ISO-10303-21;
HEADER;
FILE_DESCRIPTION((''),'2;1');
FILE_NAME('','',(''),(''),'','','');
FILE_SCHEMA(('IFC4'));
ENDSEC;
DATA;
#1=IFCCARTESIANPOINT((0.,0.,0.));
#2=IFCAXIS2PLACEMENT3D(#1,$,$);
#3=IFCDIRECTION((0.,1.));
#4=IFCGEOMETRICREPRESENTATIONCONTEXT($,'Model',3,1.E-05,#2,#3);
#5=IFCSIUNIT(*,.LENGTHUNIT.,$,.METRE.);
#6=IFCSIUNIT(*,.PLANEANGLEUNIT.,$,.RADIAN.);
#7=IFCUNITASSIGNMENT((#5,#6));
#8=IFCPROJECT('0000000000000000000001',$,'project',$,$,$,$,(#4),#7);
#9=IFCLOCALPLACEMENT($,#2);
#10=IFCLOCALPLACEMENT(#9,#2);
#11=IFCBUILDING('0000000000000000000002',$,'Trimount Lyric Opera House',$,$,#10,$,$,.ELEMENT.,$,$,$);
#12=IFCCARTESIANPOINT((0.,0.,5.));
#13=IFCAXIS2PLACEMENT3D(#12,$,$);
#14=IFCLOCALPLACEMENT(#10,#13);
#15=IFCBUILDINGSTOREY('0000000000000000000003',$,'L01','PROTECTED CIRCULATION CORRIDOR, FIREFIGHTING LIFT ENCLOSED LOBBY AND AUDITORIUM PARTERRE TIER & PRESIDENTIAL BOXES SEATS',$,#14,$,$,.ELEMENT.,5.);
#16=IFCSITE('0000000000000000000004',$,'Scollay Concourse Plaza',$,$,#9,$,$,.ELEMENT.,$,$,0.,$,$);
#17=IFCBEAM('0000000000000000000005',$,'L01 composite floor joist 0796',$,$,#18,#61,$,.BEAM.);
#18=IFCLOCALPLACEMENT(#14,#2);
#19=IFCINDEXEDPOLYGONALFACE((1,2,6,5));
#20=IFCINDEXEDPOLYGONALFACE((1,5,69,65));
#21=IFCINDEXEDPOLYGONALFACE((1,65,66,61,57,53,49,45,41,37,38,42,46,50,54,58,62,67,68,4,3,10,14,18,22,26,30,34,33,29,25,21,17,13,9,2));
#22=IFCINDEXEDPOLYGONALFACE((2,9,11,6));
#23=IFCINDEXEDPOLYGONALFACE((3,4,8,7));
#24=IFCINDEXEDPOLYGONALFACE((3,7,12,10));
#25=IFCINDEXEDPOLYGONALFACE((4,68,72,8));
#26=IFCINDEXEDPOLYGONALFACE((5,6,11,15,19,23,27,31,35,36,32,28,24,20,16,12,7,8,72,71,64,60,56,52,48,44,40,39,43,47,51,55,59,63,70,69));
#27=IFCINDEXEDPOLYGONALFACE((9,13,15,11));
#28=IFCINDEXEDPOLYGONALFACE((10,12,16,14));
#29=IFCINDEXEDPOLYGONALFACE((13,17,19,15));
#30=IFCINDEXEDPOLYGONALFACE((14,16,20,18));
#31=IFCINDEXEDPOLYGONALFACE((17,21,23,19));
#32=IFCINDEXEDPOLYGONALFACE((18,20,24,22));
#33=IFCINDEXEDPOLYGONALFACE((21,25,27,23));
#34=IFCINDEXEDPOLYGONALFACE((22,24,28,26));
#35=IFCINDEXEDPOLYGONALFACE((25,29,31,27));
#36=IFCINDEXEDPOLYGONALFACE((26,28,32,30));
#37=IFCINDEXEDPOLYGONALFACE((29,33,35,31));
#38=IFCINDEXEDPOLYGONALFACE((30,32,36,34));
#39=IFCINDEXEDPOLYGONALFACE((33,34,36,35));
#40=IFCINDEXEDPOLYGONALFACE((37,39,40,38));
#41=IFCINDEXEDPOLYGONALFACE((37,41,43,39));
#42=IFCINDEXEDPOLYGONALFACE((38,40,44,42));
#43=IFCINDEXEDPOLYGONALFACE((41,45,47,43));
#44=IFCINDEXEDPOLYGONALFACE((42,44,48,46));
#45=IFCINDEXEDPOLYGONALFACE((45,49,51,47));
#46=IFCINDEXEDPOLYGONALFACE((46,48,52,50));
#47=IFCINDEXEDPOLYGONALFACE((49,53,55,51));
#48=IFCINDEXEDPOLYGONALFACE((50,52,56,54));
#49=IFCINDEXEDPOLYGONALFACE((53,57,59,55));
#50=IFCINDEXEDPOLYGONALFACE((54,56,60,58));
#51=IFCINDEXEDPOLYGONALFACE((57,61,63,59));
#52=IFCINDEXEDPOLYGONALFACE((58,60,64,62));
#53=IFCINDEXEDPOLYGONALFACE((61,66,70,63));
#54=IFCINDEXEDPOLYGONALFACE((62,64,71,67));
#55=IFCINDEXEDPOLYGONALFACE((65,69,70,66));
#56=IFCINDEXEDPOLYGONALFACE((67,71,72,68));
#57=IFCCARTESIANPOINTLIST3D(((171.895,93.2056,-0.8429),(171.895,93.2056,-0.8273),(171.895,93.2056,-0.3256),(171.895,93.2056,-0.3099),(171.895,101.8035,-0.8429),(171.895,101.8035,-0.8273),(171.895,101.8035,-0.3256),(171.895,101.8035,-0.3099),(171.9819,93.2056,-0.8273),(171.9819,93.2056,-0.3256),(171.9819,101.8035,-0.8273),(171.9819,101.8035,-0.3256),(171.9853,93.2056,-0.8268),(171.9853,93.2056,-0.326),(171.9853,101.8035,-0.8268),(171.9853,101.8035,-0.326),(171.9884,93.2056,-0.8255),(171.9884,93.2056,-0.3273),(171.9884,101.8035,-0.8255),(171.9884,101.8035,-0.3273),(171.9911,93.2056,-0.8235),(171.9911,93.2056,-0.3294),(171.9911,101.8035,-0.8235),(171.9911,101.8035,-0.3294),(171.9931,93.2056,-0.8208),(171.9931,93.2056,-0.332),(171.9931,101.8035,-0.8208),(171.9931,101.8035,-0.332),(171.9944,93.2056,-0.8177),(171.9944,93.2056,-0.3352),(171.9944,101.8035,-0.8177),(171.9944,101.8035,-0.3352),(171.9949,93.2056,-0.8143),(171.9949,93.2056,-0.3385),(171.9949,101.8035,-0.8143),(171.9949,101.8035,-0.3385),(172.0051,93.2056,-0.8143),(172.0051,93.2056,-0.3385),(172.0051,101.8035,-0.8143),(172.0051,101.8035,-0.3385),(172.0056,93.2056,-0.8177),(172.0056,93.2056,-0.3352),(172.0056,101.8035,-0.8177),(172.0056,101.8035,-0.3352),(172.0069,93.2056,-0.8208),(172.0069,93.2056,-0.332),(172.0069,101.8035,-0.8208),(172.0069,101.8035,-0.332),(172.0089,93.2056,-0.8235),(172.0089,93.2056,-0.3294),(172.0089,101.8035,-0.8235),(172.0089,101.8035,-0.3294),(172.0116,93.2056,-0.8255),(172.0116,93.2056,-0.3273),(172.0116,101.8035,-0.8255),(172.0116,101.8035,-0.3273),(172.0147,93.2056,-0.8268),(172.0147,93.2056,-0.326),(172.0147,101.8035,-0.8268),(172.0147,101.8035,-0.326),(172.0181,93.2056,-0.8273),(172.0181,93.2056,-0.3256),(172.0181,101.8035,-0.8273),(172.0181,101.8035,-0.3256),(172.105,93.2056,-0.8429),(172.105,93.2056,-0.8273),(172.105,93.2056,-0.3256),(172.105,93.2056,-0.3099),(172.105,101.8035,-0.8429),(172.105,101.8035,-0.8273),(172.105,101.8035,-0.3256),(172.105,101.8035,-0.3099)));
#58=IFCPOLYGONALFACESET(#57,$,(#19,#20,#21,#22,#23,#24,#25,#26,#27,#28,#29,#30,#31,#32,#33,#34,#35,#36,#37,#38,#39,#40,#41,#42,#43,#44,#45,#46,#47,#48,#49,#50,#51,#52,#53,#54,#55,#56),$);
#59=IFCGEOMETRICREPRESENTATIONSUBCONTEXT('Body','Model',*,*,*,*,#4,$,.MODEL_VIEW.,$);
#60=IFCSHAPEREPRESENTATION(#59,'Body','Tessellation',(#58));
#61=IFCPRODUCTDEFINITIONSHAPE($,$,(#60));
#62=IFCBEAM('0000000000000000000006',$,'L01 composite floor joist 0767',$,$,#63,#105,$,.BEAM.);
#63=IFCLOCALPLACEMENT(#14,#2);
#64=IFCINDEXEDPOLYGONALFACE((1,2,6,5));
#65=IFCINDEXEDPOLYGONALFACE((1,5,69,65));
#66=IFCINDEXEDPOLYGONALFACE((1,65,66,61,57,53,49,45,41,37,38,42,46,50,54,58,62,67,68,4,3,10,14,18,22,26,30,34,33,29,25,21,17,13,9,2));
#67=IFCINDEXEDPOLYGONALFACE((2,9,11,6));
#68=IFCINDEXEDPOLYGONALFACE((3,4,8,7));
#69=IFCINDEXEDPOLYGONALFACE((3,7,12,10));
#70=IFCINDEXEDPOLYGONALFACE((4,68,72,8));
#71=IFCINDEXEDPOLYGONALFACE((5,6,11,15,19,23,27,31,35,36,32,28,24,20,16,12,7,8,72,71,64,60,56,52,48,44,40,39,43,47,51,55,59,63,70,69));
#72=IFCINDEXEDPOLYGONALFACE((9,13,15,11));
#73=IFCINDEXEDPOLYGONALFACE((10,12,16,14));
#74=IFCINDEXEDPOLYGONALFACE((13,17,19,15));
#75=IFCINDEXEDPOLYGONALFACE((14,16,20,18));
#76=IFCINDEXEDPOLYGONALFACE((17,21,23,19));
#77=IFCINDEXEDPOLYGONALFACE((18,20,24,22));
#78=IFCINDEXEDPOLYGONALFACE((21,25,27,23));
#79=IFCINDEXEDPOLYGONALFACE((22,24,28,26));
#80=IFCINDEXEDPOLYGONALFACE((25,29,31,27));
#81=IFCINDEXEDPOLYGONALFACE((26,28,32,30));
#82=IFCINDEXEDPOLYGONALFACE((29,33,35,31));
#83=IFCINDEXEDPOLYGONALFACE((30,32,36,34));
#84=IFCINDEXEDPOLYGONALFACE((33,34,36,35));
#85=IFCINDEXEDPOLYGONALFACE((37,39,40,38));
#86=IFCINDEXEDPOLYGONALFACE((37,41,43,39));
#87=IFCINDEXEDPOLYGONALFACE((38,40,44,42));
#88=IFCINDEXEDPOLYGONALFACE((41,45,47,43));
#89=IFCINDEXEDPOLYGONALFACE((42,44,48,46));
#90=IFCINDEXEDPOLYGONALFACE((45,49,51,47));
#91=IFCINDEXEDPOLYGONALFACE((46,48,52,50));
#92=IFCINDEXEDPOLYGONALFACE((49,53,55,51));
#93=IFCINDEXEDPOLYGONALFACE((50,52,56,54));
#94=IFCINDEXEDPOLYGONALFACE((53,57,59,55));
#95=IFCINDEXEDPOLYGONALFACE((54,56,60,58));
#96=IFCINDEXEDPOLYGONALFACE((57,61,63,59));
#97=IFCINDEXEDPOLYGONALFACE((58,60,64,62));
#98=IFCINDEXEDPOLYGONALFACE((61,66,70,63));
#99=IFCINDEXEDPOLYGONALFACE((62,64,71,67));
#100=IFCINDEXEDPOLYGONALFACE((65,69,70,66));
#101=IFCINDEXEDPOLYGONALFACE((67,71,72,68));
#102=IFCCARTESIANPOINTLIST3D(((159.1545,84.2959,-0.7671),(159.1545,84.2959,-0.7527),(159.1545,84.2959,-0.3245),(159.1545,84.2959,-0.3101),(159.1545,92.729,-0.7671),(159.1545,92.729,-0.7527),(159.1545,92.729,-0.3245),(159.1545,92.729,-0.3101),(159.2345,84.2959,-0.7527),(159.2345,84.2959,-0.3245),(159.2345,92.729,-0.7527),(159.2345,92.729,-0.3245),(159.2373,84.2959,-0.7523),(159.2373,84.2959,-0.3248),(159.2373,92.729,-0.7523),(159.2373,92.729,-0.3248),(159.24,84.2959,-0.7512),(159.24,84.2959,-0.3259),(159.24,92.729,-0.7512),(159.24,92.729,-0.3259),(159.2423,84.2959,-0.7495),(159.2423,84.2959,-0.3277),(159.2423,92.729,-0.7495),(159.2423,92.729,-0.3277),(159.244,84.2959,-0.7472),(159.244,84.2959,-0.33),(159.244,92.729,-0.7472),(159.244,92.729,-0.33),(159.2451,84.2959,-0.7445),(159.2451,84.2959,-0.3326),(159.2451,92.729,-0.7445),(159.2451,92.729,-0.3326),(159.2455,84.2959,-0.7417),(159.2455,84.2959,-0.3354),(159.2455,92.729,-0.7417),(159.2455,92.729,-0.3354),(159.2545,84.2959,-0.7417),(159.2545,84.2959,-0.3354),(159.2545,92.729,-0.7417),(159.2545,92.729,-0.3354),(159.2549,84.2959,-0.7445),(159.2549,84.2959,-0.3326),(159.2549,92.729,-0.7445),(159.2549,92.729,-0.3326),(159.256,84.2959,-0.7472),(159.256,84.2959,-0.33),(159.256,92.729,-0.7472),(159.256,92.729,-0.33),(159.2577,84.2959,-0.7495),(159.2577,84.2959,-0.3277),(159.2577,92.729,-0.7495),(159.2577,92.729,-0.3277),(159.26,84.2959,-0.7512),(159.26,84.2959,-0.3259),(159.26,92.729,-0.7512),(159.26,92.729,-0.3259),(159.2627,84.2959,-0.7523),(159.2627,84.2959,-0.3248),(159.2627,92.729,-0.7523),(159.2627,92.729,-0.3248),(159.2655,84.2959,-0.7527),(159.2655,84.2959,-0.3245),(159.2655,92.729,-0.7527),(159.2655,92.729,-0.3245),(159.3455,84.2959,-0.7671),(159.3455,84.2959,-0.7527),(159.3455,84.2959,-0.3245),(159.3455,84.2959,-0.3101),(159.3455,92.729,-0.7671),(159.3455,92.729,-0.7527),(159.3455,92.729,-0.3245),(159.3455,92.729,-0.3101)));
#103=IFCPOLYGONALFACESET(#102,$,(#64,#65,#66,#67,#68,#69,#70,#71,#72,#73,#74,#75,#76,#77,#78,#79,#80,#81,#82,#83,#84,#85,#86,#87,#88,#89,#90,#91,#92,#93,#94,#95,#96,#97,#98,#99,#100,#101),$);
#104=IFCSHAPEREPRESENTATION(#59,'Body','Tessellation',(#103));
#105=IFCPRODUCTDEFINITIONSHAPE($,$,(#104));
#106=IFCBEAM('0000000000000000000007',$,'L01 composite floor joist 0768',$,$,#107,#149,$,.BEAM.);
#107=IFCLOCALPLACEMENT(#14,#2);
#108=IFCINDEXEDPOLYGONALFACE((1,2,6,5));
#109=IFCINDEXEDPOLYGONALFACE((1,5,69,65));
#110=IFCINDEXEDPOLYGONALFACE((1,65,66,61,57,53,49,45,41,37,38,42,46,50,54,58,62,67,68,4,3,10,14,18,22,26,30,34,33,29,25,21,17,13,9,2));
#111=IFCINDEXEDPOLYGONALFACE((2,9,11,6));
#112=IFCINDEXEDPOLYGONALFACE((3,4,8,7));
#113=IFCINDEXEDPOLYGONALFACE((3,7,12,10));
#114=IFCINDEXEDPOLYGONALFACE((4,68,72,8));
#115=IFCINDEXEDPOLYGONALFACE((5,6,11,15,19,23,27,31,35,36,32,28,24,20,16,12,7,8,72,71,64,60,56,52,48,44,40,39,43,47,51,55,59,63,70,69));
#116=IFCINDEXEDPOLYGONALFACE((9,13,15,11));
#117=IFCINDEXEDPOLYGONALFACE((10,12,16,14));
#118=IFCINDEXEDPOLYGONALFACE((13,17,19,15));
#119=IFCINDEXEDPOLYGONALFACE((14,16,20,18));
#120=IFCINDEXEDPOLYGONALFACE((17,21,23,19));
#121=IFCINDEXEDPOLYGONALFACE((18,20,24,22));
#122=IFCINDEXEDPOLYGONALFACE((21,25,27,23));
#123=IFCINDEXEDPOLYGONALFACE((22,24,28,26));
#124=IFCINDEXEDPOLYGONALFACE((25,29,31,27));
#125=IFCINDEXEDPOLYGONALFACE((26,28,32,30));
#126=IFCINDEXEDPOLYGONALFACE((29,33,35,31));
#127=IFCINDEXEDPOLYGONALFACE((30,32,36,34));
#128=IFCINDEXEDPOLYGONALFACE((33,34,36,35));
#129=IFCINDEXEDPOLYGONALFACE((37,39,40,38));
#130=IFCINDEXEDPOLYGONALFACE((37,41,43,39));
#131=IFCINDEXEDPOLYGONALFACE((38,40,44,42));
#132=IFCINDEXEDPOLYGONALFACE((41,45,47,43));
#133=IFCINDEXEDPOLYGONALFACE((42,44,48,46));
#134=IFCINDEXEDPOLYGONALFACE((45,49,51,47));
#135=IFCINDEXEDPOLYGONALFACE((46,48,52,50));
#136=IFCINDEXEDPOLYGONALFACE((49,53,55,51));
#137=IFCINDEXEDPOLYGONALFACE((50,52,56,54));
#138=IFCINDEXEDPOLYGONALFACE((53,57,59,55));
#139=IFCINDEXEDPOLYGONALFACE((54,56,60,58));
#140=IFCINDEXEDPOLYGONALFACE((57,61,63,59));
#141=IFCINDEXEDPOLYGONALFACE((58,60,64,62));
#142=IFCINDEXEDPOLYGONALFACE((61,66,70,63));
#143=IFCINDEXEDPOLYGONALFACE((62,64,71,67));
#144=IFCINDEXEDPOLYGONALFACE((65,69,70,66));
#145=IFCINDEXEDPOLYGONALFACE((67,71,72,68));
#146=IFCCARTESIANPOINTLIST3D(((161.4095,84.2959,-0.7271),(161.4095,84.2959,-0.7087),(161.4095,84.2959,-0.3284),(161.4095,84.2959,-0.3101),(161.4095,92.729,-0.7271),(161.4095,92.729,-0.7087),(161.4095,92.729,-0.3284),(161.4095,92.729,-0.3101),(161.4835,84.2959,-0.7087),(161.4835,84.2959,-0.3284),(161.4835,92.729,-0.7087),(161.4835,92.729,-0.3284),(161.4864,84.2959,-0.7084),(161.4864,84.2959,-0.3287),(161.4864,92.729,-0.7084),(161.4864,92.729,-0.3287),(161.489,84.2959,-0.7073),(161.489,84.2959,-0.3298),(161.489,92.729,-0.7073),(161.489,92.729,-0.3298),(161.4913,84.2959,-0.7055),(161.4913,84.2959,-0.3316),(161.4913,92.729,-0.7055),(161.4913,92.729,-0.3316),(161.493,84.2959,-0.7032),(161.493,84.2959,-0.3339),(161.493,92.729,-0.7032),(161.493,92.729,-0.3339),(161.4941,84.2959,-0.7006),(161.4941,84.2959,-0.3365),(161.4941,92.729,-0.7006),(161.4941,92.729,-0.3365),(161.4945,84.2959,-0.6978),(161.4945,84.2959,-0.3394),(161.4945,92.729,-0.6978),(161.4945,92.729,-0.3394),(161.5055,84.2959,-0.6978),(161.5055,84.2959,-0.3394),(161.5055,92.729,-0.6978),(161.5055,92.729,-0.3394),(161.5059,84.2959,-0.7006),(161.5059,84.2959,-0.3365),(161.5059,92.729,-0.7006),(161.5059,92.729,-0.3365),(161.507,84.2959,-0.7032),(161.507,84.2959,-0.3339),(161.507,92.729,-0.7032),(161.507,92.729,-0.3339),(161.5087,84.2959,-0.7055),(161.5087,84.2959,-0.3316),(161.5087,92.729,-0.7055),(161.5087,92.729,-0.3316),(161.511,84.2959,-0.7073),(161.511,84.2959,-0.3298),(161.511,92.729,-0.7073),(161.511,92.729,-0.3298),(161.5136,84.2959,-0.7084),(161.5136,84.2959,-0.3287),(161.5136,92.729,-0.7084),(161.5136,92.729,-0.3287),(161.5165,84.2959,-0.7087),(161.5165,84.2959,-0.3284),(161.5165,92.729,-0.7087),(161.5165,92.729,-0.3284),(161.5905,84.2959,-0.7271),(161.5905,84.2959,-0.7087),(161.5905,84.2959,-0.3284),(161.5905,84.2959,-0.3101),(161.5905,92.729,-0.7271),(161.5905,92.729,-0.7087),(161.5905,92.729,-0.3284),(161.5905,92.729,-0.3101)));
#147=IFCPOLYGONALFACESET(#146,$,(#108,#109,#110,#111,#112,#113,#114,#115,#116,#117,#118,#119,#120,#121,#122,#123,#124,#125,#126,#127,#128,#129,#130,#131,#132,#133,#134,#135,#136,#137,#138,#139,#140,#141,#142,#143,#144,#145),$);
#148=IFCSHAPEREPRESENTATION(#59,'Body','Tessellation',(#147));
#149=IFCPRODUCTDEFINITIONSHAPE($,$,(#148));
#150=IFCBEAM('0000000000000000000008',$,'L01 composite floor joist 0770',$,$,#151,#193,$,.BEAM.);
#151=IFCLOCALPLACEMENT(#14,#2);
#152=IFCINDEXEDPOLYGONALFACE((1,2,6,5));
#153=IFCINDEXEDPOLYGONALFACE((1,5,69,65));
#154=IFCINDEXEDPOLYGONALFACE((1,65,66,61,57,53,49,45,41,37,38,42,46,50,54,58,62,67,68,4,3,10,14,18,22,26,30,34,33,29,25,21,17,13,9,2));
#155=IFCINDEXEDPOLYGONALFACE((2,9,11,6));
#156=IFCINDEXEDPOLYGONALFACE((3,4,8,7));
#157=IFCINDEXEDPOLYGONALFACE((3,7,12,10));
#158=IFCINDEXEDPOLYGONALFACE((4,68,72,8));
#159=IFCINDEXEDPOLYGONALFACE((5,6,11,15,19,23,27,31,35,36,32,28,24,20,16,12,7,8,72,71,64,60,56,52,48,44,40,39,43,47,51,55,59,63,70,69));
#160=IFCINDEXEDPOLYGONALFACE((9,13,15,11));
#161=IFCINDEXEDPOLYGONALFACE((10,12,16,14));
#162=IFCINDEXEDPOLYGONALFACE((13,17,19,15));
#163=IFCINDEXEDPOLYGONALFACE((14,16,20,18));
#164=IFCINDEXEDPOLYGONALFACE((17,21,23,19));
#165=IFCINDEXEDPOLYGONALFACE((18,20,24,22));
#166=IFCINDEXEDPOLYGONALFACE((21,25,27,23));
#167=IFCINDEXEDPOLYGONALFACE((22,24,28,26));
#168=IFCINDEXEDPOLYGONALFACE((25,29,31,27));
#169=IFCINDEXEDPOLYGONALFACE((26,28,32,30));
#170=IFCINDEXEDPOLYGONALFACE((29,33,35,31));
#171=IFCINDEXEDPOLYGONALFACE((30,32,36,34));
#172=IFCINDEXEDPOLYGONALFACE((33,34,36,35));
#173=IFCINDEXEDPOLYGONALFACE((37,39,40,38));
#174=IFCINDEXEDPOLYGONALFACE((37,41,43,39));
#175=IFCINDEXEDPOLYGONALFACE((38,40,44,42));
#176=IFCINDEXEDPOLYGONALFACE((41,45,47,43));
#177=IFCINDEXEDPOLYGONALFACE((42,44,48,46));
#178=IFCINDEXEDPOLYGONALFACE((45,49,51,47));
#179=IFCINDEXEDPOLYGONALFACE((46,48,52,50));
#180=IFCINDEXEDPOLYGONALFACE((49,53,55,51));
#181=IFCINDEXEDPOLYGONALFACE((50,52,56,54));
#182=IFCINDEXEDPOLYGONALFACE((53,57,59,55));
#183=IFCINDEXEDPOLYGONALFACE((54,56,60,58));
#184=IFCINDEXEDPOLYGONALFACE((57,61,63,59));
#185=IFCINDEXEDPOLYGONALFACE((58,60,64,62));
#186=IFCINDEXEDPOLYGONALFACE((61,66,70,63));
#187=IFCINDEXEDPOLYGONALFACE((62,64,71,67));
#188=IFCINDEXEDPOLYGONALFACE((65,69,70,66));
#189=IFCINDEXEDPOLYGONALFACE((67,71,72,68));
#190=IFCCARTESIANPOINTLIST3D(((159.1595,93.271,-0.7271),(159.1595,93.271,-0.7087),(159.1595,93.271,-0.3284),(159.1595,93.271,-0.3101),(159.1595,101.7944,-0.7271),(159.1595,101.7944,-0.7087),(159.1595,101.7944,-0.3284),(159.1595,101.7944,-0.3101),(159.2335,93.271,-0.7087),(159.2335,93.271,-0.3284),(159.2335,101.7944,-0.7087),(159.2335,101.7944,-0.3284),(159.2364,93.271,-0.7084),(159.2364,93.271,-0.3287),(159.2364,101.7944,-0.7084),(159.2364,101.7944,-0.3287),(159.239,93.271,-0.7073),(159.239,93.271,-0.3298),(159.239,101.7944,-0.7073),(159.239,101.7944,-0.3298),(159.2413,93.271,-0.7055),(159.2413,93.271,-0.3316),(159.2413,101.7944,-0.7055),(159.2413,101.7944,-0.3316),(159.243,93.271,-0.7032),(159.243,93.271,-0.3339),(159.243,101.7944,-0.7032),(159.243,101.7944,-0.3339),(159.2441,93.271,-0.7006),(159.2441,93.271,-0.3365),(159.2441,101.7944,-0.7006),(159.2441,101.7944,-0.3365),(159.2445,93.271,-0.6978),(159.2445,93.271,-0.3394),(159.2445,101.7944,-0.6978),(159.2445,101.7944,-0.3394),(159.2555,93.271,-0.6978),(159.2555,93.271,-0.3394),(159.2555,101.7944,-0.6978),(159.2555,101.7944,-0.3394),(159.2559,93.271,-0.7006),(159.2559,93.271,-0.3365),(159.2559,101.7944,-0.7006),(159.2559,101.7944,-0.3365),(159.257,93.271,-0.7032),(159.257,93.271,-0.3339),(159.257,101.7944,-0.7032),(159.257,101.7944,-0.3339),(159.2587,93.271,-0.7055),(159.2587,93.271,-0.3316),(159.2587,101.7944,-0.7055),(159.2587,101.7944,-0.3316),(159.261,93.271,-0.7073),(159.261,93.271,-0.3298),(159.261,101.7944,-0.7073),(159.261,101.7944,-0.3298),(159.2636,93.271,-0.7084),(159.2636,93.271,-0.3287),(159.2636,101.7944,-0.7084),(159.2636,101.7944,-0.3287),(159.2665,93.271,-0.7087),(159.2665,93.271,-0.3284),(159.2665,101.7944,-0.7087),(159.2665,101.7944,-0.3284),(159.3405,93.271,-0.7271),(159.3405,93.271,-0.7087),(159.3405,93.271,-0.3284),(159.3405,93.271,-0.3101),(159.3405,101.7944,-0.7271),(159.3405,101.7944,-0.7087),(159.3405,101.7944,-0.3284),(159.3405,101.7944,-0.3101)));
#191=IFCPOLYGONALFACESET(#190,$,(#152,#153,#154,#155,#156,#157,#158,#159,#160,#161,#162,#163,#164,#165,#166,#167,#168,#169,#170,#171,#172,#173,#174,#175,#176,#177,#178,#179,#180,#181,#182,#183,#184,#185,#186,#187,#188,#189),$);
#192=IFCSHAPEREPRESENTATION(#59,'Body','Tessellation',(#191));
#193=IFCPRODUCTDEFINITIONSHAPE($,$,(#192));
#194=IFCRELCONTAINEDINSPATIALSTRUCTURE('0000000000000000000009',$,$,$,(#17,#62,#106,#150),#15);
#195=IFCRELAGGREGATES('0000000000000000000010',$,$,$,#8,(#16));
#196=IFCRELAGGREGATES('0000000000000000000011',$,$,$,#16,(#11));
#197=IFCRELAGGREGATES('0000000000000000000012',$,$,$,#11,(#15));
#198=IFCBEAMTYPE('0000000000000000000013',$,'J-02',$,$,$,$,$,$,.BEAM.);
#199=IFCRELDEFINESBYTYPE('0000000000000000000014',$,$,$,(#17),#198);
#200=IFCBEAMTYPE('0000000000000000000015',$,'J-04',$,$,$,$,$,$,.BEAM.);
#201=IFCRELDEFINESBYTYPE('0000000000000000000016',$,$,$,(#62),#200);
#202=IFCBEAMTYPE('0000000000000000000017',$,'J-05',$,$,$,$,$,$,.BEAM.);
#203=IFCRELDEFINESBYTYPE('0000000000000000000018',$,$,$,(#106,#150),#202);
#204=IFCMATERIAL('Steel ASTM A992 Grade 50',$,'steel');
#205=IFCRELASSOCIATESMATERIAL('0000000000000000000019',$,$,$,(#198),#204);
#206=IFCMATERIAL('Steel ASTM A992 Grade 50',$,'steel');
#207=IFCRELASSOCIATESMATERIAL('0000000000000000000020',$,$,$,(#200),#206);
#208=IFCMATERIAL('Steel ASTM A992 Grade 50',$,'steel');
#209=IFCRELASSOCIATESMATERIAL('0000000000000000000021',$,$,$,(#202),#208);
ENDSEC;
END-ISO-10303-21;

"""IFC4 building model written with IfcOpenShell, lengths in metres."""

from ifc_helpers import new_model, si_unit, direction, frame, origin, origin_2d, place, context, subcontext, project, spatial, i_section, extrude, material, material_profile, profile_set, type_object, element, save


model = new_model("IFC4")

# Units and contexts
model_context = context("Model", 3, precision=1e-05, world=origin(), true_north=direction((0.0, 1.0)))
body_context = subcontext(model_context, "Body", "Model", "MODEL_VIEW")
ifc_project = project(units=[si_unit("LENGTHUNIT", "METRE"), si_unit("PLANEANGLEUNIT", "RADIAN")], contexts=[model_context])

# Site, building, storey
site_placement = place(None, origin())
site = spatial("IfcSite", under=ifc_project, at=site_placement, Name="Scollay Concourse Plaza", CompositionType="ELEMENT", RefElevation=0.0)
building_placement = place(site_placement, origin())
building = spatial("IfcBuilding", under=site, at=building_placement, Name="Trimount Lyric Opera House", CompositionType="ELEMENT")
storey_placement = place(building_placement, frame((0.0, 0.0, 5.0)))
storey = spatial("IfcBuildingStorey", under=building, at=storey_placement, Name="L01", Description="PROTECTED CIRCULATION CORRIDOR, FIREFIGHTING LIFT ENCLOSED LOBBY AND AUDITORIUM PARTERRE TIER & PRESIDENTIAL BOXES SEATS", CompositionType="ELEMENT", Elevation=5.0)

# Beams
ifc_material_1 = material(Name="Steel ASTM A992 Grade 50", Category="steel")
ifc_material_profile_1 = material_profile(ifc_material_1, i_section(OverallWidth=0.21, OverallDepth=0.533, WebThickness=0.0103, FlangeThickness=0.0156, FilletRadius=0.0129, at=origin_2d()), Name="W21X62")
ifc_profile_set_1 = profile_set([ifc_material_profile_1], Name="Steel ASTM A992 Grade 50")
beam_type_1 = type_object("IfcBeamType", Name="J-02", PredefinedType="BEAM", material=ifc_profile_set_1)
beam_1_placement = place(storey_placement, frame((172.0, 93.2056, -0.5764), z_axis=(0.0, 1.0, 0.0), x_axis=(-1.0, 0.0, 0.0)))
element("IfcBeam", 1, at=beam_1_placement, inside=storey, type_object=beam_type_1, Name="L01 composite floor joist 0796", PredefinedType="BEAM", context=body_context, shape_type="SweptSolid", body=[
    extrude(i_section(OverallWidth=0.21, OverallDepth=0.533, WebThickness=0.0103, FlangeThickness=0.0156, FilletRadius=0.0129, at=origin_2d()), origin(), (0.0, 0.0, 1.0), 8.5979),
])
ifc_material_2 = material(Name="Steel ASTM A992 Grade 50", Category="steel")
ifc_material_profile_2 = material_profile(ifc_material_2, i_section(OverallWidth=0.1909, OverallDepth=0.457, WebThickness=0.009, FlangeThickness=0.0144, FilletRadius=0.011, at=origin_2d()), Name="W18X50")
ifc_profile_set_2 = profile_set([ifc_material_profile_2], Name="Steel ASTM A992 Grade 50")
beam_type_2 = type_object("IfcBeamType", Name="J-04", PredefinedType="BEAM", material=ifc_profile_set_2)
beam_2_placement = place(storey_placement, frame((159.25, 84.2959, -0.5386), z_axis=(0.0, 1.0, 0.0), x_axis=(-1.0, 0.0, 0.0)))
element("IfcBeam", 2, at=beam_2_placement, inside=storey, type_object=beam_type_2, Name="L01 composite floor joist 0767", PredefinedType="BEAM", context=body_context, shape_type="SweptSolid", body=[
    extrude(i_section(OverallWidth=0.1909, OverallDepth=0.457, WebThickness=0.009, FlangeThickness=0.0144, FilletRadius=0.011, at=origin_2d()), origin(), (0.0, 0.0, 1.0), 8.4331),
])
ifc_material_3 = material(Name="Steel ASTM A992 Grade 50", Category="steel")
ifc_material_profile_3 = material_profile(ifc_material_3, i_section(OverallWidth=0.1809, OverallDepth=0.417, WebThickness=0.011, FlangeThickness=0.0183, FilletRadius=0.011, at=origin_2d()), Name="W16X57")
ifc_profile_set_3 = profile_set([ifc_material_profile_3], Name="Steel ASTM A992 Grade 50")
beam_type_3 = type_object("IfcBeamType", Name="J-05", PredefinedType="BEAM", material=ifc_profile_set_3)
beam_3_placement = place(storey_placement, frame((161.5, 84.2959, -0.5186), z_axis=(0.0, 1.0, 0.0), x_axis=(-1.0, 0.0, 0.0)))
element("IfcBeam", 3, at=beam_3_placement, inside=storey, type_object=beam_type_3, Name="L01 composite floor joist 0768", PredefinedType="BEAM", context=body_context, shape_type="SweptSolid", body=[
    extrude(i_section(OverallWidth=0.1809, OverallDepth=0.417, WebThickness=0.011, FlangeThickness=0.0183, FilletRadius=0.011, at=origin_2d()), origin(), (0.0, 0.0, 1.0), 8.4331),
])
for number, where, z_axis, x_axis, name in (
    (4, (159.25, 93.271, -0.5186), (0.0, 1.0, 0.0), (-1.0, 0.0, 0.0), "L01 composite floor joist 0770"),
):
    element("IfcBeam", number, at=place(storey_placement, frame(where, z_axis=z_axis, x_axis=x_axis)), inside=storey, type_object=beam_type_3, Name=name, PredefinedType="BEAM", context=body_context, shape_type="SweptSolid", body=[
        extrude(i_section(OverallWidth=0.1809, OverallDepth=0.417, WebThickness=0.011, FlangeThickness=0.0183, FilletRadius=0.011, at=origin_2d()), origin(), (0.0, 0.0, 1.0), 8.5234),
    ])

save(model, "model.ifc")
